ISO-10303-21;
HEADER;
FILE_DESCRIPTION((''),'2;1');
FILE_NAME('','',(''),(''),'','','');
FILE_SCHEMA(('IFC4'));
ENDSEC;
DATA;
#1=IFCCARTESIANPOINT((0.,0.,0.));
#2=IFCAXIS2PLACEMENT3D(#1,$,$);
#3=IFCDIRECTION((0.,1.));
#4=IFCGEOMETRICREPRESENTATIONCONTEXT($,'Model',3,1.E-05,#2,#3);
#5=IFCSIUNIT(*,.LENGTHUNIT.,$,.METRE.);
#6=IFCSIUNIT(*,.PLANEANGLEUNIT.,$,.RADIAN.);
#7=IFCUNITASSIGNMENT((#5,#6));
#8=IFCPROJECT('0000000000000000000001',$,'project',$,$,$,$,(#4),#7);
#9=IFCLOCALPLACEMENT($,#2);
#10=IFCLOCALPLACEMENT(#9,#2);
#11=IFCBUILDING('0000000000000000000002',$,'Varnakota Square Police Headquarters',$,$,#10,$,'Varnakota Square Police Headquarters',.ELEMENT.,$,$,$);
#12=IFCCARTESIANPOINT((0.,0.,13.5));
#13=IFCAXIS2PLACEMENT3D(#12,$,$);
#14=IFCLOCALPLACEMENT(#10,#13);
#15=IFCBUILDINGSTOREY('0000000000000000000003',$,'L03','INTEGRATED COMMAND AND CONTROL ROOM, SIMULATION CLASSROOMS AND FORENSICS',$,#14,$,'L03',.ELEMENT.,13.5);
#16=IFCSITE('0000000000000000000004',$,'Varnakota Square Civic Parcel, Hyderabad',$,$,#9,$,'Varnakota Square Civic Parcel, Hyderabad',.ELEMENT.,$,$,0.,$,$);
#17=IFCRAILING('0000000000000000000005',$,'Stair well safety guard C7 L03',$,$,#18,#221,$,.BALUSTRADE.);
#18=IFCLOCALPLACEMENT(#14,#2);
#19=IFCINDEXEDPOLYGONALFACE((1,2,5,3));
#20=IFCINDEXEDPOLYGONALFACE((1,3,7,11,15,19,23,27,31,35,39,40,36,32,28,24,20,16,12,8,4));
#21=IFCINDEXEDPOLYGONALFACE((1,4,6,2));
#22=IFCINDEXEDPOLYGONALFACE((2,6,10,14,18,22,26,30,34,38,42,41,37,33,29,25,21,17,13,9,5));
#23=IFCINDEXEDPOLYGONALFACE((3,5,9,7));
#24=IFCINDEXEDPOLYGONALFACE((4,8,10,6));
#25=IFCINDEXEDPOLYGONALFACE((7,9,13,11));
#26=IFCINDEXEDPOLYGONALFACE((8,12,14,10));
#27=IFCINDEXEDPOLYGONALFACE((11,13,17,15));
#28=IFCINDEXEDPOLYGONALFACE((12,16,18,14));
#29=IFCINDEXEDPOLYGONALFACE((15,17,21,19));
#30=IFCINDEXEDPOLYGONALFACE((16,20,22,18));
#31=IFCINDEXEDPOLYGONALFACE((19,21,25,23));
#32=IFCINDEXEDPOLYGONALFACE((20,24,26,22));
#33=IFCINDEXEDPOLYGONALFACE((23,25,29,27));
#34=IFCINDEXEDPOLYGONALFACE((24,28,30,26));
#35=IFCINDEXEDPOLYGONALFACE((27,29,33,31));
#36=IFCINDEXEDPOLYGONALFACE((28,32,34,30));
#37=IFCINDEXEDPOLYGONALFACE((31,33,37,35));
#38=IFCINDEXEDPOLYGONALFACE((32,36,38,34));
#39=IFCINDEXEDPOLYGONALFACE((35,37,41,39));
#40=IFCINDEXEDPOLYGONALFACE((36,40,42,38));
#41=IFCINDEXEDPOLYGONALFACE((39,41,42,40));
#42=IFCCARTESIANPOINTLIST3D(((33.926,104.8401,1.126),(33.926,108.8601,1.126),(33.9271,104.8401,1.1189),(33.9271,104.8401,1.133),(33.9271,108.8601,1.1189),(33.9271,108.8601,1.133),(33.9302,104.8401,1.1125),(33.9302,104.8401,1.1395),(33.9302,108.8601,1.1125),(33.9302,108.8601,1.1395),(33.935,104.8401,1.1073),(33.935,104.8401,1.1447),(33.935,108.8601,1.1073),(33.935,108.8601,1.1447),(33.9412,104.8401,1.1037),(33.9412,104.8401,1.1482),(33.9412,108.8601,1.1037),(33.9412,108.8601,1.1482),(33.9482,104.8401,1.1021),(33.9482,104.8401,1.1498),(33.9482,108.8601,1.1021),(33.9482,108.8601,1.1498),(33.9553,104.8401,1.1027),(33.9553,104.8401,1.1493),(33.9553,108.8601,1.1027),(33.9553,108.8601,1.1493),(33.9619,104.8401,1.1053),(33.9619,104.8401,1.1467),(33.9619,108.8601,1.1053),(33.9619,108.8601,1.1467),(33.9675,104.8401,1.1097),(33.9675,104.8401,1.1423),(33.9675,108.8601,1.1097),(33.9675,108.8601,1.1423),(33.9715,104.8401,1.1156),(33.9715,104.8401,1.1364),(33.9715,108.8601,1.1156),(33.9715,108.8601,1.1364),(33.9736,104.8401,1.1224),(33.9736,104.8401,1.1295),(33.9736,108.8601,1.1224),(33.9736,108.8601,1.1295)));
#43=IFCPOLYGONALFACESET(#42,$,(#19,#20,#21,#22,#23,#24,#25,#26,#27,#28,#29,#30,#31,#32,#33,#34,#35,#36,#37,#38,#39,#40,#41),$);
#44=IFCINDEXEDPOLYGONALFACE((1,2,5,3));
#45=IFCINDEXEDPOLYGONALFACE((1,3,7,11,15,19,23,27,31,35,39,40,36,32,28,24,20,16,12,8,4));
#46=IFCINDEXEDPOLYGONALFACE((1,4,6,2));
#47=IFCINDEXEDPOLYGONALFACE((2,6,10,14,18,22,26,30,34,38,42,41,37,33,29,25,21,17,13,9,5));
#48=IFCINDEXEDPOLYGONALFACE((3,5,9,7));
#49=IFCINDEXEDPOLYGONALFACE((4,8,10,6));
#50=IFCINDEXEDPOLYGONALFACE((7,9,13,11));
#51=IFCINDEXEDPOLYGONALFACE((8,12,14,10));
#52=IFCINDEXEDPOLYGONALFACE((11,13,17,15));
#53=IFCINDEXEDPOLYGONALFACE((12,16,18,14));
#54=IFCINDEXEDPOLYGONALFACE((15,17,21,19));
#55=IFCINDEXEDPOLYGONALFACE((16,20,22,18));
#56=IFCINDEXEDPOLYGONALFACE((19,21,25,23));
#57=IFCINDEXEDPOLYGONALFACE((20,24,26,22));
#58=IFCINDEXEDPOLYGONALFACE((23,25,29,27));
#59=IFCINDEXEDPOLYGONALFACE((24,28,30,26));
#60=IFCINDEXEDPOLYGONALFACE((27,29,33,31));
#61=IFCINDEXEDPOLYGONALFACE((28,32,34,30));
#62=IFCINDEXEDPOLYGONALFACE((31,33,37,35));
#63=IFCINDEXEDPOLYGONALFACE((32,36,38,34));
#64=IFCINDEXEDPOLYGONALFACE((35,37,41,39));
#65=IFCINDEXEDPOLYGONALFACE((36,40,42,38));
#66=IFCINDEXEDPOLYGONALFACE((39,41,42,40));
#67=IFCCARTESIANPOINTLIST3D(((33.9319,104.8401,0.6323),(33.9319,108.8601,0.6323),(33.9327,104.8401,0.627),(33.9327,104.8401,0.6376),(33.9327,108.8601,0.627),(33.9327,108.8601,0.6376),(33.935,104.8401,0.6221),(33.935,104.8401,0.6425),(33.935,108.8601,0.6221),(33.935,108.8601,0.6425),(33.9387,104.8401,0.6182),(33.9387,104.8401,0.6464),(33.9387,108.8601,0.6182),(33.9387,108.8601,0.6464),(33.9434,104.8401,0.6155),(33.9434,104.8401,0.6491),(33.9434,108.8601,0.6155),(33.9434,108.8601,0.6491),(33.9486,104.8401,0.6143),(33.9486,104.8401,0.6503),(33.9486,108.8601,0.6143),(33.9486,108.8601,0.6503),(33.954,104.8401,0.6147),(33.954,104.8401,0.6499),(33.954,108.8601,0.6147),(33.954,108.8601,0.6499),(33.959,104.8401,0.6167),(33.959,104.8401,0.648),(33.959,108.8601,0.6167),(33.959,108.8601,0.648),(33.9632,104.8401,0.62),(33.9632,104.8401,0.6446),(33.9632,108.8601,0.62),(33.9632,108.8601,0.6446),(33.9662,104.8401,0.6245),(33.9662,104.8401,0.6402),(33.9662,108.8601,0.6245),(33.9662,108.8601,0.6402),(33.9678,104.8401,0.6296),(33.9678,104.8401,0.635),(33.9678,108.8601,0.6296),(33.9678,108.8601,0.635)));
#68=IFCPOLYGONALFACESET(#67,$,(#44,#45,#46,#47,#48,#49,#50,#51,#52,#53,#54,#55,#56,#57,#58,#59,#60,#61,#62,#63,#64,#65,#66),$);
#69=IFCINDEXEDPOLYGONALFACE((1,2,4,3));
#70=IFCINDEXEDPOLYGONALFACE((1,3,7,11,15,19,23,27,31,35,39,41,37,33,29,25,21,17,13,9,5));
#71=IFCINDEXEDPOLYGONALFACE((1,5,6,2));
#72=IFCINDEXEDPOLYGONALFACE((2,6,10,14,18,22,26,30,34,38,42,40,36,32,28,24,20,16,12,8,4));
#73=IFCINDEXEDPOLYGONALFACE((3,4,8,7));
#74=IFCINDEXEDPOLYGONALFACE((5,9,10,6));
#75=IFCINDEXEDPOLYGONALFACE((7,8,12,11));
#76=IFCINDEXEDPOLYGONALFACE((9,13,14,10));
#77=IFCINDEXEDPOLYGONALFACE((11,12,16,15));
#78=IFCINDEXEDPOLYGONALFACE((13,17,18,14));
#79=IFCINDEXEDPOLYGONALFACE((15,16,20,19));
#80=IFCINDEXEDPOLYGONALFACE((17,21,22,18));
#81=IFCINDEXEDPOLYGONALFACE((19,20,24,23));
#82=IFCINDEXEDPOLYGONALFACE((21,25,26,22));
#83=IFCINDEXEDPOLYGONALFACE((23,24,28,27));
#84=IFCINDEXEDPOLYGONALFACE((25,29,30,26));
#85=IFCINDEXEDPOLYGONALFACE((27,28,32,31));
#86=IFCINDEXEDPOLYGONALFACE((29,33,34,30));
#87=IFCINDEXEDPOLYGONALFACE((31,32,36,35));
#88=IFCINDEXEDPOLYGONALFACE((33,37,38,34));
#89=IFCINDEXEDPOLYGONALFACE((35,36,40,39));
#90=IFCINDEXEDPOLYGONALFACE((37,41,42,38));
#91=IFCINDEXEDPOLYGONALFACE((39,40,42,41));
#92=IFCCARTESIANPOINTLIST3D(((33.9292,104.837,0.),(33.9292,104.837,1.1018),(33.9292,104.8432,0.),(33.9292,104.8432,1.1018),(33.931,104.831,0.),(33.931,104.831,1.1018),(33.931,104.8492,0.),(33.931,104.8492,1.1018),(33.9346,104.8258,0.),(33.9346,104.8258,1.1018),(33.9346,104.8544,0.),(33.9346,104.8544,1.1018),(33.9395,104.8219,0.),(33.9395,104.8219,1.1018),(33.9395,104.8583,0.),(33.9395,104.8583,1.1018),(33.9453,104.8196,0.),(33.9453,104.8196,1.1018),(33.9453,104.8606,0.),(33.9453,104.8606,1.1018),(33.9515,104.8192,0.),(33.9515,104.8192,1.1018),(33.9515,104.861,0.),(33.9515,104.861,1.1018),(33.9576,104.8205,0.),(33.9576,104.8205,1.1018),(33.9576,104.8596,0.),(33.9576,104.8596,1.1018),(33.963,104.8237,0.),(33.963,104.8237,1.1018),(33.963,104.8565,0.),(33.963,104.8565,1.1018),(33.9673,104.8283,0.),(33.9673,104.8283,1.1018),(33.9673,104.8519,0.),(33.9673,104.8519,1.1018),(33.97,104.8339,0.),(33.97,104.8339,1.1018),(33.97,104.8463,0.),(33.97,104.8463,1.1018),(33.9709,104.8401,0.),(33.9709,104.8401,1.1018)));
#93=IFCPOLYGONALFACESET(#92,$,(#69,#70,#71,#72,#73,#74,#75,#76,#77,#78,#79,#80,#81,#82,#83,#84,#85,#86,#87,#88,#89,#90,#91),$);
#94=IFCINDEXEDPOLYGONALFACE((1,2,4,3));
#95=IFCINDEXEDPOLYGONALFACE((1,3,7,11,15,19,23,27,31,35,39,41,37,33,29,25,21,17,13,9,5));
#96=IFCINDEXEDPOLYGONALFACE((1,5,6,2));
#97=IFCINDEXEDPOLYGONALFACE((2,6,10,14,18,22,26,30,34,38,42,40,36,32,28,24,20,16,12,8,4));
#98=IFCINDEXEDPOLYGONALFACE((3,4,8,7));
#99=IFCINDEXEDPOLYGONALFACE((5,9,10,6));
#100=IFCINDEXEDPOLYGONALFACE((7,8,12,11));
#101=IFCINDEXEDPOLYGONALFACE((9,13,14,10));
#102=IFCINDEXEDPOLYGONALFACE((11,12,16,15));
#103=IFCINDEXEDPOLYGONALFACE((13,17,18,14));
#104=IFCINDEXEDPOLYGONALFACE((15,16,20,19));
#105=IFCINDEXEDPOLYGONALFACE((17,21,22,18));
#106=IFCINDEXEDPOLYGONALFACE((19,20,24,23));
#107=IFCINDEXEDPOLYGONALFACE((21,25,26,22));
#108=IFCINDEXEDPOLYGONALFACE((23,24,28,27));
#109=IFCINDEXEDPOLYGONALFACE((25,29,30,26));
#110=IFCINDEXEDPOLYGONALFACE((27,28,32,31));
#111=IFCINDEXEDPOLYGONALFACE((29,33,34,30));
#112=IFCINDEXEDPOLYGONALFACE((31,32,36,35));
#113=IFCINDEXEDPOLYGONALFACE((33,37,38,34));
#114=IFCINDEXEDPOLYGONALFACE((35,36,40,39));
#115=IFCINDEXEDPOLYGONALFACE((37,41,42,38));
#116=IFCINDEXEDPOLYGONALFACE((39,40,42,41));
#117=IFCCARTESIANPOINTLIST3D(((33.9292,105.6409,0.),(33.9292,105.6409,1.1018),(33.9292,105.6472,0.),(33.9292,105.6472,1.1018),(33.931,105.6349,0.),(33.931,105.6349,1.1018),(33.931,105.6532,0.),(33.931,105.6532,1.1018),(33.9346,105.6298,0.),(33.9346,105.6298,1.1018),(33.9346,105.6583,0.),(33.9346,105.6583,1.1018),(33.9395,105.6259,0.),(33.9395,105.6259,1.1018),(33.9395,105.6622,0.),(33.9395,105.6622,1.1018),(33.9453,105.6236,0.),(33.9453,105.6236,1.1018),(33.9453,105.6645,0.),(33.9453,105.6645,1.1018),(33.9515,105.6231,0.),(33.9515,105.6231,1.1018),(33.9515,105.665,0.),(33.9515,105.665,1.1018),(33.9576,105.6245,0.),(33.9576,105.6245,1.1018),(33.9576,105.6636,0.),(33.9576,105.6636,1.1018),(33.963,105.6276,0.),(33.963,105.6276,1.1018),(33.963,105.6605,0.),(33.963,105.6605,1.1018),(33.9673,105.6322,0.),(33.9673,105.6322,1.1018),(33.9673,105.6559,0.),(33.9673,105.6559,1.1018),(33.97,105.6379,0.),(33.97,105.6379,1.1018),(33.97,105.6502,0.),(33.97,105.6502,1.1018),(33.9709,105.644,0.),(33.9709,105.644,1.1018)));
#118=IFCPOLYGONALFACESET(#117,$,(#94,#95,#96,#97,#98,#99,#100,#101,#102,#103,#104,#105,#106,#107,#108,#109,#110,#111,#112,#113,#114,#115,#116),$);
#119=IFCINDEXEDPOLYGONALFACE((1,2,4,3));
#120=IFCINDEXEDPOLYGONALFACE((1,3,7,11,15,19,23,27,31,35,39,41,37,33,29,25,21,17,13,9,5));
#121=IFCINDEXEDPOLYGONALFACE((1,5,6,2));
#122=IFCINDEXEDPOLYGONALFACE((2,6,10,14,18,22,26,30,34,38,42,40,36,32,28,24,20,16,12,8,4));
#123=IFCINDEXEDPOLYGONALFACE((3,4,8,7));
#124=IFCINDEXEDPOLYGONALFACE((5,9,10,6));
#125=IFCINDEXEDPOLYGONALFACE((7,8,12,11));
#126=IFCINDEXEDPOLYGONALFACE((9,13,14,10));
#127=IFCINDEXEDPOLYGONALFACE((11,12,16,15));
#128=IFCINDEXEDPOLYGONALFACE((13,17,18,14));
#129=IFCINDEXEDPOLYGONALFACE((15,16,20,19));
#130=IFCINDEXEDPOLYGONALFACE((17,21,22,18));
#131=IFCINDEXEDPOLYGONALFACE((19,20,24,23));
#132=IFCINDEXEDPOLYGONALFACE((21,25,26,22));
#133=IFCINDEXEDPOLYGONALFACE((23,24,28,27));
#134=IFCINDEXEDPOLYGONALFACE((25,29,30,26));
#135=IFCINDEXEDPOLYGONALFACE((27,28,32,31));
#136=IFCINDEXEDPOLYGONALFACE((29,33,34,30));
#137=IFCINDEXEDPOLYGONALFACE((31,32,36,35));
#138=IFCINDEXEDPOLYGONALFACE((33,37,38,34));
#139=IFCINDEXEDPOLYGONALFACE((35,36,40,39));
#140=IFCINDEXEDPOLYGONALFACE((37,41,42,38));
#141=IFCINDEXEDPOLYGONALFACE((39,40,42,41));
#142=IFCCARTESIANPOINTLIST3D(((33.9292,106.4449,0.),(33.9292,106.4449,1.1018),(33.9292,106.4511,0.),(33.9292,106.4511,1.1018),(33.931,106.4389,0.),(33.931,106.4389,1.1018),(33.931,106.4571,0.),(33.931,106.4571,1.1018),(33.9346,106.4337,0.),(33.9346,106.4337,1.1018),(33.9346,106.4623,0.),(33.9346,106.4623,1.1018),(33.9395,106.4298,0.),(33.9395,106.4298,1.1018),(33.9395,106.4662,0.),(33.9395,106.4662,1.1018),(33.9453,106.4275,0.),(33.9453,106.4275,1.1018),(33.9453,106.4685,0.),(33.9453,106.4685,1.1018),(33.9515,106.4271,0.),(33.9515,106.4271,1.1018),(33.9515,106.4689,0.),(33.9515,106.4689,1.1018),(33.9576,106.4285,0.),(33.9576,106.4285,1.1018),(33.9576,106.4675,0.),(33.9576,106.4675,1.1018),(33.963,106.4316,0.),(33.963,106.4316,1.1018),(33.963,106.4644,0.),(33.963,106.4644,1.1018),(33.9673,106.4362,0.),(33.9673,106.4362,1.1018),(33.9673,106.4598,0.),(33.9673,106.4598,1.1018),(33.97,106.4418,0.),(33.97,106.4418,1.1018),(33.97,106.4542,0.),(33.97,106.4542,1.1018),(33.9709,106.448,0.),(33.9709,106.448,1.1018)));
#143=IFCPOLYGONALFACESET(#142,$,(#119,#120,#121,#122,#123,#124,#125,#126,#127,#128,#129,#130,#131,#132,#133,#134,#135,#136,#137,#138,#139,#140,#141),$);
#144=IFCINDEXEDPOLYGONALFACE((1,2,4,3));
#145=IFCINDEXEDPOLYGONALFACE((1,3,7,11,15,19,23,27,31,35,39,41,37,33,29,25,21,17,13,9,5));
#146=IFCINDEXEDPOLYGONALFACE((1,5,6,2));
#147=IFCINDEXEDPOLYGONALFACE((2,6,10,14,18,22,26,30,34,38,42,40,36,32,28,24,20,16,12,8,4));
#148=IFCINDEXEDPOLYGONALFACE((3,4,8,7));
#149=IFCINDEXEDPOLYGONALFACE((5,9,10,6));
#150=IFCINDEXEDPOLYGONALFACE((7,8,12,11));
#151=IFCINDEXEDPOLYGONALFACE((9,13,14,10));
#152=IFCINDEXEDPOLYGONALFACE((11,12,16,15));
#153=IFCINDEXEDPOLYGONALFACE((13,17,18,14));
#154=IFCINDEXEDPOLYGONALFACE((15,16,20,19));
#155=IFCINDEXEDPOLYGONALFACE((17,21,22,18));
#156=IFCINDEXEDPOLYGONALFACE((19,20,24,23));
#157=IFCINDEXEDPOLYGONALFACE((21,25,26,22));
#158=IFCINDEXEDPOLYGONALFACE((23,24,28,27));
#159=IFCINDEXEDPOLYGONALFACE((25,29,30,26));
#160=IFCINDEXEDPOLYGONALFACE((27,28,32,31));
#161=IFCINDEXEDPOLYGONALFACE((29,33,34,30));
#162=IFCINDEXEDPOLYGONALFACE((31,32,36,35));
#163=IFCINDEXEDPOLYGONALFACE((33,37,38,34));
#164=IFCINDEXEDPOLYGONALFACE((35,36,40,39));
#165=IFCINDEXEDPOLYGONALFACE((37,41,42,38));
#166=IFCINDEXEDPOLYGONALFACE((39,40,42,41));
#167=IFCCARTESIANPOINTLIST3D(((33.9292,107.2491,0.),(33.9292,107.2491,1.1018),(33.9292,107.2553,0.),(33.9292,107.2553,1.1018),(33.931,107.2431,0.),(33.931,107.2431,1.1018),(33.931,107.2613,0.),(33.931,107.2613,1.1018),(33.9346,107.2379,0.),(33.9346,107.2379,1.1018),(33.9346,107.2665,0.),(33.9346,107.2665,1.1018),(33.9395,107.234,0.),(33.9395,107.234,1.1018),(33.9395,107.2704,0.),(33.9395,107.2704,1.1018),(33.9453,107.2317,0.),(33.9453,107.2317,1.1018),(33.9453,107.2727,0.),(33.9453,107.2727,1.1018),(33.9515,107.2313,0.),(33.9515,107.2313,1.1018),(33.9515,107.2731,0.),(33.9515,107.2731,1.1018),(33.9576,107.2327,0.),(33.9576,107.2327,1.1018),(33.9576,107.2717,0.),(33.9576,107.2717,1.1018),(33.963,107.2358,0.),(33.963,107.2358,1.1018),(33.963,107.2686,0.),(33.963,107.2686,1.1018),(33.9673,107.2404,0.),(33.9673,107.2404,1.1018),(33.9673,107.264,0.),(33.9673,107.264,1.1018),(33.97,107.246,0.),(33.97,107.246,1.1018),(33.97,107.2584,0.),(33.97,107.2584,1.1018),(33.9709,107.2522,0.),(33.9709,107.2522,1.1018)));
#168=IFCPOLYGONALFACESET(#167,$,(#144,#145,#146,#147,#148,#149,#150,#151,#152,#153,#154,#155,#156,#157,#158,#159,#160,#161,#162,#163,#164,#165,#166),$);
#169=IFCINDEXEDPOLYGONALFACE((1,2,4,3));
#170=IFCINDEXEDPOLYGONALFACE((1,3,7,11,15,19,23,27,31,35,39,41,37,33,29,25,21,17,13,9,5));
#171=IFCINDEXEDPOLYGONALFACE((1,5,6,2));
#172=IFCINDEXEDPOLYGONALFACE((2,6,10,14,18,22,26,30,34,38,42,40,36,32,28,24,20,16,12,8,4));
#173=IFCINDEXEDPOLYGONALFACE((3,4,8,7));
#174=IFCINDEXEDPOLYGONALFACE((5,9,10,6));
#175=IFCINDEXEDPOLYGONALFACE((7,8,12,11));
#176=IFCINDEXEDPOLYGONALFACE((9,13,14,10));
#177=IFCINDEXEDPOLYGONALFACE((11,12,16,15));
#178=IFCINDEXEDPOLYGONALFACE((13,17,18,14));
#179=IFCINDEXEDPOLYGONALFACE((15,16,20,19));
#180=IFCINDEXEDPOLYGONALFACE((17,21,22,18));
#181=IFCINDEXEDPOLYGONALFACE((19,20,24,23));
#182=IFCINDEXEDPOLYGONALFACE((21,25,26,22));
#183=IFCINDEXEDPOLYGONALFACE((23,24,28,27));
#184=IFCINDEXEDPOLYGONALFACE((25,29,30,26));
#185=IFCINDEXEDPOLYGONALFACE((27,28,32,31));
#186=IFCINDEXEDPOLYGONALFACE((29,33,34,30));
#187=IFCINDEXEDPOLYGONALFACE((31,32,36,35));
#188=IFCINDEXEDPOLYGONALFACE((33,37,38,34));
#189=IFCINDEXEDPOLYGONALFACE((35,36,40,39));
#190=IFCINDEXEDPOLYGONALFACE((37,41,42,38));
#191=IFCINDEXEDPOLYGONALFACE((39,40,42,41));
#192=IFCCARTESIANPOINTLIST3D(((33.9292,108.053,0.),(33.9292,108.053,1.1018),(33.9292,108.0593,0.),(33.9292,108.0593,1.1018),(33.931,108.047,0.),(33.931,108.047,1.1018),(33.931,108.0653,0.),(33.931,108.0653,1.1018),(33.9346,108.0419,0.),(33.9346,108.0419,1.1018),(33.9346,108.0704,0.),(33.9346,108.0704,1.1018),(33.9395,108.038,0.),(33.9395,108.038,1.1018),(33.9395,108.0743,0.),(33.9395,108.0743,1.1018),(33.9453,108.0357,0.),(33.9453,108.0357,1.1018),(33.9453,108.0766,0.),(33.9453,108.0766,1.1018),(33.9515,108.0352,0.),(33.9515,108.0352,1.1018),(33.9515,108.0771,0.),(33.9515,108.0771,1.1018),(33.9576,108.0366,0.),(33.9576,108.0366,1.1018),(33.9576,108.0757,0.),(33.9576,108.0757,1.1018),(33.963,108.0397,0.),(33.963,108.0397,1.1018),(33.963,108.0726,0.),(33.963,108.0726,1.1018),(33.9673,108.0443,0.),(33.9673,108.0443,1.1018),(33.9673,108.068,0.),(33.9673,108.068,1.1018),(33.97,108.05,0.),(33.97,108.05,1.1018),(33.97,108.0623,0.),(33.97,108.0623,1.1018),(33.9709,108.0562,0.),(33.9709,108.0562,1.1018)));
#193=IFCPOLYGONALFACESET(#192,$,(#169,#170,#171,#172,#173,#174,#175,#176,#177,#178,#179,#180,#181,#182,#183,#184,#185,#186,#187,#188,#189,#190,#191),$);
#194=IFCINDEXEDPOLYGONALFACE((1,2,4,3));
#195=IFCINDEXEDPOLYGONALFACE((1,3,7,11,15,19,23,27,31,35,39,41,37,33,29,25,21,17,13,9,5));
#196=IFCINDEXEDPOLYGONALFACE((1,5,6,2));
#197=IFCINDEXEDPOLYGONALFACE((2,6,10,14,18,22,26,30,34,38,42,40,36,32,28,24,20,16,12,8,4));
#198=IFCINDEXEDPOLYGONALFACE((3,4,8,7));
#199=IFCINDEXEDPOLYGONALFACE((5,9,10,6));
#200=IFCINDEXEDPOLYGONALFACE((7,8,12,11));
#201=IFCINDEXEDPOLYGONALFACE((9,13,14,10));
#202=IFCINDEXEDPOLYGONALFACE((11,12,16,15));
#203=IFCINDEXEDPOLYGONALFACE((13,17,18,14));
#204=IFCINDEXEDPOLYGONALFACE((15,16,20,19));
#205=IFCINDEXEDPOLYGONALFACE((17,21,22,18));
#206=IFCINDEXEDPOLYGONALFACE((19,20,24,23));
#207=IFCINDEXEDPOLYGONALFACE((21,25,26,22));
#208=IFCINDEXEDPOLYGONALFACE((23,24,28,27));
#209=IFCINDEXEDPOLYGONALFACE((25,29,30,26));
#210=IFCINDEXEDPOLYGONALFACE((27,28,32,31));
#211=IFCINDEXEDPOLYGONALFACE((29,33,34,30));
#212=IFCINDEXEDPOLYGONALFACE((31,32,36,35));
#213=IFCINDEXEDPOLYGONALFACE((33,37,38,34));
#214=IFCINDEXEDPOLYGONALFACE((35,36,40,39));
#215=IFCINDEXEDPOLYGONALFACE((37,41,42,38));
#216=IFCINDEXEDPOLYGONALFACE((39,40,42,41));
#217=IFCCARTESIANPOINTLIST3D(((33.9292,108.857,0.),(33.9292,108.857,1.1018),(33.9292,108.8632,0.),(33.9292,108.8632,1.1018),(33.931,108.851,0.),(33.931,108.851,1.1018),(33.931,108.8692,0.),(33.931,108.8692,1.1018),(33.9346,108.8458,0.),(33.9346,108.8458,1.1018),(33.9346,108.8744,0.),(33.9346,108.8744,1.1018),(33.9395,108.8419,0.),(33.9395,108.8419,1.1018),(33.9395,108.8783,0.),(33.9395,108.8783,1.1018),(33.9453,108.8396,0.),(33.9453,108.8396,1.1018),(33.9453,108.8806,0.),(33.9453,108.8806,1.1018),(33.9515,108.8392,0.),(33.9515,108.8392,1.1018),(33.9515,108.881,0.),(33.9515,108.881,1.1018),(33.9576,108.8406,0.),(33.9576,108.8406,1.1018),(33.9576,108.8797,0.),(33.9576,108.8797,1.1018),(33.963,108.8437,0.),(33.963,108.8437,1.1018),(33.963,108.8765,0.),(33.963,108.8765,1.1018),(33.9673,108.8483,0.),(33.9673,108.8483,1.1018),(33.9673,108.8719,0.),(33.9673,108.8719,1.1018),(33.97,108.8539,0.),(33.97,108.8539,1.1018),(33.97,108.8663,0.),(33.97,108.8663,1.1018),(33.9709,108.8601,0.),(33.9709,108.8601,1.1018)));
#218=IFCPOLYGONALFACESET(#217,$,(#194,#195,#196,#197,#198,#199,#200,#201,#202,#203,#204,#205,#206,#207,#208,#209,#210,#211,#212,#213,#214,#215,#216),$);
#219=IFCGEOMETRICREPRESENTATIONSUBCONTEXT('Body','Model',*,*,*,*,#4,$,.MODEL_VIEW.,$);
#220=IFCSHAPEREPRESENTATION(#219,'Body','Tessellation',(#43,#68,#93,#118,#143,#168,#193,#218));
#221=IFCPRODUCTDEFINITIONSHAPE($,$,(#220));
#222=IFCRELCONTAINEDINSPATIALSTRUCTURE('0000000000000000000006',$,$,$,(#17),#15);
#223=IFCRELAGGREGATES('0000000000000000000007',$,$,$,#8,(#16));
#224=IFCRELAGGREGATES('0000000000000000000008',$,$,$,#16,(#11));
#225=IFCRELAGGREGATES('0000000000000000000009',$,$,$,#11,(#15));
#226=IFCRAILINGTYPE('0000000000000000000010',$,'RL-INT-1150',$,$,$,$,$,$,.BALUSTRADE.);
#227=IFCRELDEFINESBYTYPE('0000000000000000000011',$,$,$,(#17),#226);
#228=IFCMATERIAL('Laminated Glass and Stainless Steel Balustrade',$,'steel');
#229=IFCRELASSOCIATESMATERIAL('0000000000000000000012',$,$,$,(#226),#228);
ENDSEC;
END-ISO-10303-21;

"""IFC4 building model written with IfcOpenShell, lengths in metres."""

from ifc_helpers import new_model, si_unit, direction, frame, origin, origin_2d, place, context, subcontext, project, spatial, circle, extrude, material, type_object, element, save


model = new_model("IFC4")

# Units and contexts
model_context = context("Model", 3, precision=1e-05, world=origin(), true_north=direction((0.0, 1.0)))
body_context = subcontext(model_context, "Body", "Model", "MODEL_VIEW")
ifc_project = project(units=[si_unit("LENGTHUNIT", "METRE"), si_unit("PLANEANGLEUNIT", "RADIAN")], contexts=[model_context])

# Site, building, storey
site_placement = place(None, origin())
site = spatial("IfcSite", under=ifc_project, at=site_placement, Name="Varnakota Square Civic Parcel, Hyderabad", LongName="Varnakota Square Civic Parcel, Hyderabad", CompositionType="ELEMENT", RefElevation=0.0)
building_placement = place(site_placement, origin())
building = spatial("IfcBuilding", under=site, at=building_placement, Name="Varnakota Square Police Headquarters", LongName="Varnakota Square Police Headquarters", CompositionType="ELEMENT")
storey_placement = place(building_placement, frame((0.0, 0.0, 13.5)))
storey = spatial("IfcBuildingStorey", under=building, at=storey_placement, Name="L03", Description="INTEGRATED COMMAND AND CONTROL ROOM, SIMULATION CLASSROOMS AND FORENSICS", LongName="L03", CompositionType="ELEMENT", Elevation=13.5)

# Railing
ifc_material_1 = material(Name="Laminated Glass and Stainless Steel Balustrade", Category="steel")
railing_type = type_object("IfcRailingType", Name="RL-INT-1150", PredefinedType="BALUSTRADE", material=ifc_material_1)
railing_placement = place(storey_placement, frame((33.95, 104.8401, 0.0)))
element("IfcRailing", 1, at=railing_placement, inside=storey, type_object=railing_type, Name="Stair well safety guard C7 L03", PredefinedType="BALUSTRADE", context=body_context, shape_type="SweptSolid", body=[
    extrude(circle(Radius=0.0239, at=origin_2d()), frame((0.0, 0.0, 1.126), z_axis=(0.0, 1.0, 0.0), x_axis=(-1.0, 0.0, 0.0)), (0.0, 0.0, 1.0), 4.02),
    extrude(circle(Radius=0.0181, at=origin_2d()), frame((0.0, 0.0, 0.6323), z_axis=(0.0, 1.0, 0.0), x_axis=(-1.0, 0.0, 0.0)), (0.0, 0.0, 1.0), 4.02),
    extrude(circle(Radius=0.021, at=origin_2d()), origin(), (0.0, 0.0, 1.0), 1.1018),
    extrude(circle(Radius=0.021, at=origin_2d()), frame((0.0, 0.804, 0.0)), (0.0, 0.0, 1.0), 1.1018),
    extrude(circle(Radius=0.021, at=origin_2d()), frame((0.0, 1.6079, 0.0)), (0.0, 0.0, 1.0), 1.1018),
    extrude(circle(Radius=0.021, at=origin_2d()), frame((0.0, 2.4121, 0.0)), (0.0, 0.0, 1.0), 1.1018),
    extrude(circle(Radius=0.021, at=origin_2d()), frame((0.0, 3.2161, 0.0)), (0.0, 0.0, 1.0), 1.1018),
    extrude(circle(Radius=0.021, at=origin_2d()), frame((0.0, 4.02, 0.0)), (0.0, 0.0, 1.0), 1.1018),
])

save(model, "model.ifc")
